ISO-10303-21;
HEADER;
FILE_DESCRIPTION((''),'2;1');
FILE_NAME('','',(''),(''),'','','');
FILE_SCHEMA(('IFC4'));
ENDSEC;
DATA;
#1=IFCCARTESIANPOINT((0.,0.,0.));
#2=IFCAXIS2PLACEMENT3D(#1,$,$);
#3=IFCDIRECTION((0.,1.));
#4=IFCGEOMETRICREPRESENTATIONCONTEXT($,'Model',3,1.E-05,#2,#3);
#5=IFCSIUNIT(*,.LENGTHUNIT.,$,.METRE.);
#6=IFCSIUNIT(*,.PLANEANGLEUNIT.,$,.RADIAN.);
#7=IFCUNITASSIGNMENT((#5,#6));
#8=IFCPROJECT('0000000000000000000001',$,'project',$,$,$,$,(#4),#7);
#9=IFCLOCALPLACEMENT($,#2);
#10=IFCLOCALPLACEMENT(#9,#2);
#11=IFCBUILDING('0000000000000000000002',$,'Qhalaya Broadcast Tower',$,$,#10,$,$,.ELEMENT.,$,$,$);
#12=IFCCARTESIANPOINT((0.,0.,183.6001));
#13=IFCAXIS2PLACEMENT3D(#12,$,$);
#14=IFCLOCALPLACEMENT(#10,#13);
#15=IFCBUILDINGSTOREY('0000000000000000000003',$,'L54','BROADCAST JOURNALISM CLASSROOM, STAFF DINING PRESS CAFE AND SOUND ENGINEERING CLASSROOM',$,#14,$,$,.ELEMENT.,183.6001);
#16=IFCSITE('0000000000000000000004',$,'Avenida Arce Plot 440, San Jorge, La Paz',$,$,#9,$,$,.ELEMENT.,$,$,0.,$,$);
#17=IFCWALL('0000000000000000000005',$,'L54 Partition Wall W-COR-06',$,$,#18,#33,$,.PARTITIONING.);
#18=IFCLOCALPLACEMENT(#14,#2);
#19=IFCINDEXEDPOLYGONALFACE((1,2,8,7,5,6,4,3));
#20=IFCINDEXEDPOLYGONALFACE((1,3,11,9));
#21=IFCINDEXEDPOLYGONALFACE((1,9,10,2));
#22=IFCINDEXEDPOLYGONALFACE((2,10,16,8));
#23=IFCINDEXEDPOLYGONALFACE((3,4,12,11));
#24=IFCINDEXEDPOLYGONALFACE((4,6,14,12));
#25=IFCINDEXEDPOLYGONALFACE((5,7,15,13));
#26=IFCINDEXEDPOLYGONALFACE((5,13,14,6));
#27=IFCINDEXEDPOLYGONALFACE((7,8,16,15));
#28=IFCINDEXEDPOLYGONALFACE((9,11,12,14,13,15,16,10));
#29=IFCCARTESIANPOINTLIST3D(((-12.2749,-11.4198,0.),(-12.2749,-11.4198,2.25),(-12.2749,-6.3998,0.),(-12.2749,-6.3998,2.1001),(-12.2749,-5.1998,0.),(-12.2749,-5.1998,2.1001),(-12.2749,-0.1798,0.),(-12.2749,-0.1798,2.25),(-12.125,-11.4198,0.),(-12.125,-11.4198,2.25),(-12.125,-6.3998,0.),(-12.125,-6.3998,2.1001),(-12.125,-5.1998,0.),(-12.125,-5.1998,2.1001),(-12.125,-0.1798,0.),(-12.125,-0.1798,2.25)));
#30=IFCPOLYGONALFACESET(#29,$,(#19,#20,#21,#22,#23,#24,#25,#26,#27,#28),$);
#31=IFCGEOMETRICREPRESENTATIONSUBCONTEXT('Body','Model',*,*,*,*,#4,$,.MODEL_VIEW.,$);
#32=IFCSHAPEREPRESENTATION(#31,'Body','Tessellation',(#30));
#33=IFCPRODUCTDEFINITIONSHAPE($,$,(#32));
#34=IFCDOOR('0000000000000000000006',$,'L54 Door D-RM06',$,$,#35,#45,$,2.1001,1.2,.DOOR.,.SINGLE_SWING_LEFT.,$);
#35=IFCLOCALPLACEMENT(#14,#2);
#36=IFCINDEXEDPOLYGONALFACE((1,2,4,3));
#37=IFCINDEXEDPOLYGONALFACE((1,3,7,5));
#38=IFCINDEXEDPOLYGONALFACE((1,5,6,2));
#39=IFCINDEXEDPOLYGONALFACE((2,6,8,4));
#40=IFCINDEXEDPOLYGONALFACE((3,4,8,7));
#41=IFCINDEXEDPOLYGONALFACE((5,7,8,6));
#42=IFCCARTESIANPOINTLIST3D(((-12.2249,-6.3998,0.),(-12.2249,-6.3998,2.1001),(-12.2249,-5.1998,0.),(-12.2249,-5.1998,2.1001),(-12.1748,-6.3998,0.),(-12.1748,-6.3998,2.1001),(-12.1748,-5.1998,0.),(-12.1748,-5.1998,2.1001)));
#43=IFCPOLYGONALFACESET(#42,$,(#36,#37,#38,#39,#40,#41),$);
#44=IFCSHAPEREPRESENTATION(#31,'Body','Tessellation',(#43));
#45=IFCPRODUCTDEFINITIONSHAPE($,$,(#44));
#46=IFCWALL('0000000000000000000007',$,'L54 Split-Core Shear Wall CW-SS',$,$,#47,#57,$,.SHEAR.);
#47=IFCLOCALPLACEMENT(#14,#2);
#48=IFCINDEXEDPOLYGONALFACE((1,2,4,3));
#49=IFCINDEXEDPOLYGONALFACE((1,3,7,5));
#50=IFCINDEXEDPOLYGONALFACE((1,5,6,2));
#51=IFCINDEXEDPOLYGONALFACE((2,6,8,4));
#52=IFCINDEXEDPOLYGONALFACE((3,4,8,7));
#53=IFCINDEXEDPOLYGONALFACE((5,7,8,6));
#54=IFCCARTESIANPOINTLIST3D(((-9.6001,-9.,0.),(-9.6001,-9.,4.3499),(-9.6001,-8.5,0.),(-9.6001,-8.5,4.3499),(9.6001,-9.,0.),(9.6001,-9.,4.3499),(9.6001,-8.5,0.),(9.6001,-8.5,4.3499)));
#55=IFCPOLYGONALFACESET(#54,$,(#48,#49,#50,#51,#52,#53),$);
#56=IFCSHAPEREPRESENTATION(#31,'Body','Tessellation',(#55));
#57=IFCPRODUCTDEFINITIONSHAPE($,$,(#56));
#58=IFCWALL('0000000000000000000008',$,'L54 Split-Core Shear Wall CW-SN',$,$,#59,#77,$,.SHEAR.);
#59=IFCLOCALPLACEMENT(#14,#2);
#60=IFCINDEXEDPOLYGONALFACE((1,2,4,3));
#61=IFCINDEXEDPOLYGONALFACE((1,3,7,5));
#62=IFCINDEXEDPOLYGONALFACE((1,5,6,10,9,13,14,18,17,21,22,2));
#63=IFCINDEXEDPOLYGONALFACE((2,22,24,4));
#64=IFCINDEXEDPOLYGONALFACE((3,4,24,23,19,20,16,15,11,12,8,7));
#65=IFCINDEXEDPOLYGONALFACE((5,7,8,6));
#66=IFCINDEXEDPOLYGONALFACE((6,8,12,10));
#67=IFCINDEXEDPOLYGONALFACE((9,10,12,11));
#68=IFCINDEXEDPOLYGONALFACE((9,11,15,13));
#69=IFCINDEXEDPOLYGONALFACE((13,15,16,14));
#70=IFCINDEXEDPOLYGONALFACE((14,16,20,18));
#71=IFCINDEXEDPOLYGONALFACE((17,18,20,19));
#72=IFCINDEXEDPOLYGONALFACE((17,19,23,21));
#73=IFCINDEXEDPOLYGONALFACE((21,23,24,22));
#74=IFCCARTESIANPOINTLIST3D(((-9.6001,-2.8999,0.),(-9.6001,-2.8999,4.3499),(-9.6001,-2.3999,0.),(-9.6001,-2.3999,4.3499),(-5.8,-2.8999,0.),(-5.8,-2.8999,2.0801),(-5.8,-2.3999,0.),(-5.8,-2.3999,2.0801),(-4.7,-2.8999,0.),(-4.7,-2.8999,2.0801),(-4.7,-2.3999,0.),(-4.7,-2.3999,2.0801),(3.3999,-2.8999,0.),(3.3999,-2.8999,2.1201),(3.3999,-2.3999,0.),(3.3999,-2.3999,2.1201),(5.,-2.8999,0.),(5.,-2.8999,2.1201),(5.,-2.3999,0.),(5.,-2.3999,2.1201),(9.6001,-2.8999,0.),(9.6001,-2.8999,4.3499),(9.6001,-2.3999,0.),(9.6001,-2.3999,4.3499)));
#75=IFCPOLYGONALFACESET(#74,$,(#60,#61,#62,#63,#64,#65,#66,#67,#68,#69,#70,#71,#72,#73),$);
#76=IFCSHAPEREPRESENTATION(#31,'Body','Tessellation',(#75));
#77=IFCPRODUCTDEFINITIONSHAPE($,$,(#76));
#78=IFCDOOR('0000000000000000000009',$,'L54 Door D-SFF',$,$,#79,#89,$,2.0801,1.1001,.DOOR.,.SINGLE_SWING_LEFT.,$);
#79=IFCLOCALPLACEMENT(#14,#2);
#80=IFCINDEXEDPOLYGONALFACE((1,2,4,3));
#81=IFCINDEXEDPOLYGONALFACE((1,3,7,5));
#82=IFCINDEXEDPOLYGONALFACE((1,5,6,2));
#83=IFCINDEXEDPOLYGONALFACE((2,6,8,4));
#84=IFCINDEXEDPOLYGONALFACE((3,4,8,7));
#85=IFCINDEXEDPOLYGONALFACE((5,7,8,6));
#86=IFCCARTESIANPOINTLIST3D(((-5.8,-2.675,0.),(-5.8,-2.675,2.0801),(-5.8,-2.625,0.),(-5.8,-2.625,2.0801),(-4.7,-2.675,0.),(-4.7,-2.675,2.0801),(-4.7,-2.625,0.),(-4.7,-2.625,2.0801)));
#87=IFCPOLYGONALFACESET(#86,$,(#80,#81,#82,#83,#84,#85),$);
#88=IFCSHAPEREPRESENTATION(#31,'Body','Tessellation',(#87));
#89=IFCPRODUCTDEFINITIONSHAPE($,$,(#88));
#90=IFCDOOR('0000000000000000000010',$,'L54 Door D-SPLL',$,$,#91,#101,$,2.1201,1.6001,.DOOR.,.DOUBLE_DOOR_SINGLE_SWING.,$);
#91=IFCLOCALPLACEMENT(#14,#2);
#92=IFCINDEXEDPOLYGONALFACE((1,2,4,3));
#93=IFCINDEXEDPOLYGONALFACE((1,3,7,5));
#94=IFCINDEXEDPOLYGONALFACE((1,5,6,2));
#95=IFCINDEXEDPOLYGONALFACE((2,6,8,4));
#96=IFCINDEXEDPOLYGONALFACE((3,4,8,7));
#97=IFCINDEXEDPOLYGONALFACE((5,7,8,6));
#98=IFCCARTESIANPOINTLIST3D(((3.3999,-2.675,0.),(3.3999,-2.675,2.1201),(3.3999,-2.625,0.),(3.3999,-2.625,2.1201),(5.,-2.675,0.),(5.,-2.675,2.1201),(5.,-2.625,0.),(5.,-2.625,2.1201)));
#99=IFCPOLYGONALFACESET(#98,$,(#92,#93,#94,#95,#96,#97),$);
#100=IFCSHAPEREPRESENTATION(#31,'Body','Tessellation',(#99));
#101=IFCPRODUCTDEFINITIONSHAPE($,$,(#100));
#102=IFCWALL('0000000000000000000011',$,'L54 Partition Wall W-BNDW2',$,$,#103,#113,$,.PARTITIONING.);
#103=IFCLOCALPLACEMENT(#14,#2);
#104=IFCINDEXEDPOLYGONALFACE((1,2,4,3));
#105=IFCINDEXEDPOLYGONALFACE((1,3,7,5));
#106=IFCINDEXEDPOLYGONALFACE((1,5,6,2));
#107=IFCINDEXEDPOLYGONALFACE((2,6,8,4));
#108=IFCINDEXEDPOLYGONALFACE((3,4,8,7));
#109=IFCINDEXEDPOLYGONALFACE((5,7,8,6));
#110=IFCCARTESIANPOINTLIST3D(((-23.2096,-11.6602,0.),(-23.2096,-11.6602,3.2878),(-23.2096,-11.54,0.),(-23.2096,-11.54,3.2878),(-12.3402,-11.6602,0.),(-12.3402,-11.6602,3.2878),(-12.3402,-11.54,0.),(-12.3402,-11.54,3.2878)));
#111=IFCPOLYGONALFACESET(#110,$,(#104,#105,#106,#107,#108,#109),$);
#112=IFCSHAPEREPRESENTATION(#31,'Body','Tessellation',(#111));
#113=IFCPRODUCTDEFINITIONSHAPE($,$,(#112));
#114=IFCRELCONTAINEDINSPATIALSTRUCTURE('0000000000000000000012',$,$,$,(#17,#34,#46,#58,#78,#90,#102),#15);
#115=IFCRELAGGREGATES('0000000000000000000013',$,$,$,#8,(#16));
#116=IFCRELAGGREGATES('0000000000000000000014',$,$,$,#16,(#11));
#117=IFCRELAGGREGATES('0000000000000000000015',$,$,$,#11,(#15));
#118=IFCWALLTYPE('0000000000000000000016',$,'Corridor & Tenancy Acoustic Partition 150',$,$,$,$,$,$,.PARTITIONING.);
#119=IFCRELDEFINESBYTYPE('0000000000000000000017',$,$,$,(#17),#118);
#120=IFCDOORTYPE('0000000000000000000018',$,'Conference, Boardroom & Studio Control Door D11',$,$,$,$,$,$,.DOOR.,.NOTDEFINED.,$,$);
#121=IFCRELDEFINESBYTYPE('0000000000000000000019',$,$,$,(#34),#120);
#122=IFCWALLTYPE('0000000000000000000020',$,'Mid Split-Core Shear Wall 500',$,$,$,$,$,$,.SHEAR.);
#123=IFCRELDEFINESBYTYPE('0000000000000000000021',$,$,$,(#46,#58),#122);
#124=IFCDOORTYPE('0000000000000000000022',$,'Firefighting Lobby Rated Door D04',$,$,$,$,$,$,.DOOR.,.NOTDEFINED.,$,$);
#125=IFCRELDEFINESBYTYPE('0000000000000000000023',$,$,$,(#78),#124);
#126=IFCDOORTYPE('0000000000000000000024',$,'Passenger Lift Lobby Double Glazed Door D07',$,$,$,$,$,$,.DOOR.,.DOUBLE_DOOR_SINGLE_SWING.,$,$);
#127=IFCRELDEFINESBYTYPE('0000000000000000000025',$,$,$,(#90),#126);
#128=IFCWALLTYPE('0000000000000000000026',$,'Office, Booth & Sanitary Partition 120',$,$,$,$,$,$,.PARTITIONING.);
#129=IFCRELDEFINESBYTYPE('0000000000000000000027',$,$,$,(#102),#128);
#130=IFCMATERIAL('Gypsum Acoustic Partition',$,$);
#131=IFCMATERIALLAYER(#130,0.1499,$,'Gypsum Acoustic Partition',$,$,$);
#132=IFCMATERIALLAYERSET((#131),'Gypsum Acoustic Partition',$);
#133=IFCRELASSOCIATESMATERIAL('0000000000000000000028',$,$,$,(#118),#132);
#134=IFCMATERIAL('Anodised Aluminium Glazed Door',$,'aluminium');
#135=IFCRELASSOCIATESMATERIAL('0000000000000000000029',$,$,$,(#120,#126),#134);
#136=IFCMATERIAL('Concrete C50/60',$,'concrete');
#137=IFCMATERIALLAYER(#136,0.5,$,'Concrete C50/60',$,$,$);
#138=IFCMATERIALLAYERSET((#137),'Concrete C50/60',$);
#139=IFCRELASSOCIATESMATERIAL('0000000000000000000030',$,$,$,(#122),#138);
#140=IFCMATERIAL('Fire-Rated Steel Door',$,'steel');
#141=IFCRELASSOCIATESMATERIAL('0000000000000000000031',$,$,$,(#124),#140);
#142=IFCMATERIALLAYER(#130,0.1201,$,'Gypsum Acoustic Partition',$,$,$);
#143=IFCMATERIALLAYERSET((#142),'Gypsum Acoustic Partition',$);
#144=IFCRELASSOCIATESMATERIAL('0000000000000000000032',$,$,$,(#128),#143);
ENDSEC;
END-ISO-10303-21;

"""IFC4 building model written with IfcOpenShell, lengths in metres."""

from ifc_helpers import new_model, si_unit, direction, frame, frame_2d, origin, place, context, subcontext, project, spatial, rectangle, extrude, material, layer, layer_set, type_object, element, fill, save


model = new_model("IFC4")

# Units and contexts
model_context = context("Model", 3, precision=1e-05, world=origin(), true_north=direction((0.0, 1.0)))
body_context = subcontext(model_context, "Body", "Model", "MODEL_VIEW")
ifc_project = project(units=[si_unit("LENGTHUNIT", "METRE"), si_unit("PLANEANGLEUNIT", "RADIAN")], contexts=[model_context])

# Site, building, storey
site_placement = place(None, origin())
site = spatial("IfcSite", under=ifc_project, at=site_placement, Name="Avenida Arce Plot 440, San Jorge, La Paz", CompositionType="ELEMENT", RefElevation=0.0)
building_placement = place(site_placement, origin())
building = spatial("IfcBuilding", under=site, at=building_placement, Name="Qhalaya Broadcast Tower", CompositionType="ELEMENT")
storey_placement = place(building_placement, frame((0.0, 0.0, 183.6001)))
storey = spatial("IfcBuildingStorey", under=building, at=storey_placement, Name="L54", Description="BROADCAST JOURNALISM CLASSROOM, STAFF DINING PRESS CAFE AND SOUND ENGINEERING CLASSROOM", CompositionType="ELEMENT", Elevation=183.6001)

# Wall, opening, door
ifc_material_1 = material(Name="Gypsum Acoustic Partition")
ifc_layer_1 = layer(ifc_material_1, 0.1499, Name="Gypsum Acoustic Partition")
ifc_layer_set_1 = layer_set([ifc_layer_1], Name="Gypsum Acoustic Partition")
wall_type_1 = type_object("IfcWallType", Name="Corridor & Tenancy Acoustic Partition 150", PredefinedType="PARTITIONING", material=ifc_layer_set_1)
ifc_material_2 = material(Name="Anodised Aluminium Glazed Door", Category="aluminium")
door_type_1 = type_object("IfcDoorType", Name="Conference, Boardroom & Studio Control Door D11", OperationType="NOTDEFINED", PredefinedType="DOOR", material=ifc_material_2)
wall_1_placement = place(storey_placement, frame((-12.2, -11.4199, 0.0), z_axis=(0.0, 0.0, 1.0), x_axis=(0.0, 1.0, 0.0)))
wall_1 = element("IfcWall", 1, at=wall_1_placement, inside=storey, type_object=wall_type_1, Name="L54 Partition Wall W-COR-06", PredefinedType="PARTITIONING", context=body_context, shape_type="SweptSolid", body=[
    extrude(rectangle(XDim=11.24, YDim=0.1499, at=frame_2d((5.6201, 0.0))), origin(), (0.0, 0.0, 1.0), 2.25),
])
opening_1_placement = place(wall_1_placement, frame((5.02, 0.0, 0.0)))
opening_1 = element("IfcOpeningElement", 2, at=opening_1_placement, cuts=wall_1, PredefinedType="OPENING", context=body_context, shape_type="SweptSolid", body=[
    extrude(rectangle(XDim=1.2, YDim=2.1001, at=frame_2d((0.6001, 1.05))), frame((0.0, 0.0869, 0.0), z_axis=(0.0, -1.0, 0.0), x_axis=(1.0, 0.0, 0.0)), (0.0, 0.0, 1.0), 0.1738),
])
door_1_placement = place(opening_1_placement, origin())
door_1 = element("IfcDoor", 3, at=door_1_placement, inside=storey, type_object=door_type_1, Name="L54 Door D-RM06", OperationType="SINGLE_SWING_LEFT", OverallHeight=2.1001, OverallWidth=1.2, PredefinedType="DOOR", context=body_context, shape_type="SweptSolid", body=[
    extrude(rectangle(XDim=1.2, YDim=2.1001, at=frame_2d((0.6001, 1.05))), frame((0.0, 0.0249, 0.0), z_axis=(0.0, -1.0, 0.0), x_axis=(1.0, 0.0, 0.0)), (0.0, 0.0, 1.0), 0.05),
])
fill(opening_1, door_1)

# Wall
ifc_material_3 = material(Name="Concrete C50/60", Category="concrete")
ifc_layer_2 = layer(ifc_material_3, 0.5, Name="Concrete C50/60")
ifc_layer_set_2 = layer_set([ifc_layer_2], Name="Concrete C50/60")
wall_type_2 = type_object("IfcWallType", Name="Mid Split-Core Shear Wall 500", PredefinedType="SHEAR", material=ifc_layer_set_2)
wall_2_placement = place(storey_placement, frame((-9.6001, -8.75, 0.0), z_axis=(0.0, 0.0, 1.0), x_axis=(1.0, 0.0, 0.0)))
element("IfcWall", 4, at=wall_2_placement, inside=storey, type_object=wall_type_2, Name="L54 Split-Core Shear Wall CW-SS", PredefinedType="SHEAR", context=body_context, shape_type="SweptSolid", body=[
    extrude(rectangle(XDim=19.2002, YDim=0.5, at=frame_2d((9.6001, 0.0))), origin(), (0.0, 0.0, 1.0), 4.3499),
])

# Wall, openings, doors
wall_3_placement = place(storey_placement, frame((-9.6001, -2.6499, 0.0), z_axis=(0.0, 0.0, 1.0), x_axis=(1.0, 0.0, 0.0)))
wall_3 = element("IfcWall", 5, at=wall_3_placement, inside=storey, type_object=wall_type_2, Name="L54 Split-Core Shear Wall CW-SN", PredefinedType="SHEAR", context=body_context, shape_type="SweptSolid", body=[
    extrude(rectangle(XDim=19.2002, YDim=0.5, at=frame_2d((9.6001, 0.0))), origin(), (0.0, 0.0, 1.0), 4.3499),
])
opening_2_placement = place(wall_3_placement, frame((3.8, 0.0, 0.0)))
opening_2 = element("IfcOpeningElement", 6, at=opening_2_placement, cuts=wall_3, PredefinedType="OPENING", context=body_context, shape_type="SweptSolid", body=[
    extrude(rectangle(XDim=1.1001, YDim=2.0801, at=frame_2d((0.55, 1.04))), frame((0.0, 0.262, 0.0), z_axis=(0.0, -1.0, 0.0), x_axis=(1.0, 0.0, 0.0)), (0.0, 0.0, 1.0), 0.5239),
])
opening_3_placement = place(wall_3_placement, frame((13.0, 0.0, 0.0)))
opening_3 = element("IfcOpeningElement", 7, at=opening_3_placement, cuts=wall_3, PredefinedType="OPENING", context=body_context, shape_type="SweptSolid", body=[
    extrude(rectangle(XDim=1.6001, YDim=2.1201, at=frame_2d((0.8, 1.0601))), frame((0.0, 0.262, 0.0), z_axis=(0.0, -1.0, 0.0), x_axis=(1.0, 0.0, 0.0)), (0.0, 0.0, 1.0), 0.5239),
])
ifc_material_4 = material(Name="Fire-Rated Steel Door", Category="steel")
door_type_2 = type_object("IfcDoorType", Name="Firefighting Lobby Rated Door D04", OperationType="NOTDEFINED", PredefinedType="DOOR", material=ifc_material_4)
door_2_placement = place(opening_2_placement, origin())
door_2 = element("IfcDoor", 8, at=door_2_placement, inside=storey, type_object=door_type_2, Name="L54 Door D-SFF", OperationType="SINGLE_SWING_LEFT", OverallHeight=2.0801, OverallWidth=1.1001, PredefinedType="DOOR", context=body_context, shape_type="SweptSolid", body=[
    extrude(rectangle(XDim=1.1001, YDim=2.0801, at=frame_2d((0.55, 1.04))), frame((0.0, 0.0249, 0.0), z_axis=(0.0, -1.0, 0.0), x_axis=(1.0, 0.0, 0.0)), (0.0, 0.0, 1.0), 0.05),
])
fill(opening_2, door_2)
door_type_3 = type_object("IfcDoorType", Name="Passenger Lift Lobby Double Glazed Door D07", OperationType="DOUBLE_DOOR_SINGLE_SWING", PredefinedType="DOOR", material=ifc_material_2)
door_3_placement = place(opening_3_placement, origin())
door_3 = element("IfcDoor", 9, at=door_3_placement, inside=storey, type_object=door_type_3, Name="L54 Door D-SPLL", OperationType="DOUBLE_DOOR_SINGLE_SWING", OverallHeight=2.1201, OverallWidth=1.6001, PredefinedType="DOOR", context=body_context, shape_type="SweptSolid", body=[
    extrude(rectangle(XDim=1.6001, YDim=2.1201, at=frame_2d((0.8, 1.0601))), frame((0.0, 0.0249, 0.0), z_axis=(0.0, -1.0, 0.0), x_axis=(1.0, 0.0, 0.0)), (0.0, 0.0, 1.0), 0.05),
])
fill(opening_3, door_3)

# Wall
ifc_layer_3 = layer(ifc_material_1, 0.1201, Name="Gypsum Acoustic Partition")
ifc_layer_set_3 = layer_set([ifc_layer_3], Name="Gypsum Acoustic Partition")
wall_type_3 = type_object("IfcWallType", Name="Office, Booth & Sanitary Partition 120", PredefinedType="PARTITIONING", material=ifc_layer_set_3)
wall_4_placement = place(storey_placement, frame((-23.2095, -11.6001, 0.0), z_axis=(0.0, 0.0, 1.0), x_axis=(1.0, 0.0, 0.0)))
element("IfcWall", 10, at=wall_4_placement, inside=storey, type_object=wall_type_3, Name="L54 Partition Wall W-BNDW2", PredefinedType="PARTITIONING", context=body_context, shape_type="SweptSolid", body=[
    extrude(rectangle(XDim=10.8694, YDim=0.1201, at=frame_2d((5.4346, 0.0))), origin(), (0.0, 0.0, 1.0), 3.2878),
])

save(model, "model.ifc")
